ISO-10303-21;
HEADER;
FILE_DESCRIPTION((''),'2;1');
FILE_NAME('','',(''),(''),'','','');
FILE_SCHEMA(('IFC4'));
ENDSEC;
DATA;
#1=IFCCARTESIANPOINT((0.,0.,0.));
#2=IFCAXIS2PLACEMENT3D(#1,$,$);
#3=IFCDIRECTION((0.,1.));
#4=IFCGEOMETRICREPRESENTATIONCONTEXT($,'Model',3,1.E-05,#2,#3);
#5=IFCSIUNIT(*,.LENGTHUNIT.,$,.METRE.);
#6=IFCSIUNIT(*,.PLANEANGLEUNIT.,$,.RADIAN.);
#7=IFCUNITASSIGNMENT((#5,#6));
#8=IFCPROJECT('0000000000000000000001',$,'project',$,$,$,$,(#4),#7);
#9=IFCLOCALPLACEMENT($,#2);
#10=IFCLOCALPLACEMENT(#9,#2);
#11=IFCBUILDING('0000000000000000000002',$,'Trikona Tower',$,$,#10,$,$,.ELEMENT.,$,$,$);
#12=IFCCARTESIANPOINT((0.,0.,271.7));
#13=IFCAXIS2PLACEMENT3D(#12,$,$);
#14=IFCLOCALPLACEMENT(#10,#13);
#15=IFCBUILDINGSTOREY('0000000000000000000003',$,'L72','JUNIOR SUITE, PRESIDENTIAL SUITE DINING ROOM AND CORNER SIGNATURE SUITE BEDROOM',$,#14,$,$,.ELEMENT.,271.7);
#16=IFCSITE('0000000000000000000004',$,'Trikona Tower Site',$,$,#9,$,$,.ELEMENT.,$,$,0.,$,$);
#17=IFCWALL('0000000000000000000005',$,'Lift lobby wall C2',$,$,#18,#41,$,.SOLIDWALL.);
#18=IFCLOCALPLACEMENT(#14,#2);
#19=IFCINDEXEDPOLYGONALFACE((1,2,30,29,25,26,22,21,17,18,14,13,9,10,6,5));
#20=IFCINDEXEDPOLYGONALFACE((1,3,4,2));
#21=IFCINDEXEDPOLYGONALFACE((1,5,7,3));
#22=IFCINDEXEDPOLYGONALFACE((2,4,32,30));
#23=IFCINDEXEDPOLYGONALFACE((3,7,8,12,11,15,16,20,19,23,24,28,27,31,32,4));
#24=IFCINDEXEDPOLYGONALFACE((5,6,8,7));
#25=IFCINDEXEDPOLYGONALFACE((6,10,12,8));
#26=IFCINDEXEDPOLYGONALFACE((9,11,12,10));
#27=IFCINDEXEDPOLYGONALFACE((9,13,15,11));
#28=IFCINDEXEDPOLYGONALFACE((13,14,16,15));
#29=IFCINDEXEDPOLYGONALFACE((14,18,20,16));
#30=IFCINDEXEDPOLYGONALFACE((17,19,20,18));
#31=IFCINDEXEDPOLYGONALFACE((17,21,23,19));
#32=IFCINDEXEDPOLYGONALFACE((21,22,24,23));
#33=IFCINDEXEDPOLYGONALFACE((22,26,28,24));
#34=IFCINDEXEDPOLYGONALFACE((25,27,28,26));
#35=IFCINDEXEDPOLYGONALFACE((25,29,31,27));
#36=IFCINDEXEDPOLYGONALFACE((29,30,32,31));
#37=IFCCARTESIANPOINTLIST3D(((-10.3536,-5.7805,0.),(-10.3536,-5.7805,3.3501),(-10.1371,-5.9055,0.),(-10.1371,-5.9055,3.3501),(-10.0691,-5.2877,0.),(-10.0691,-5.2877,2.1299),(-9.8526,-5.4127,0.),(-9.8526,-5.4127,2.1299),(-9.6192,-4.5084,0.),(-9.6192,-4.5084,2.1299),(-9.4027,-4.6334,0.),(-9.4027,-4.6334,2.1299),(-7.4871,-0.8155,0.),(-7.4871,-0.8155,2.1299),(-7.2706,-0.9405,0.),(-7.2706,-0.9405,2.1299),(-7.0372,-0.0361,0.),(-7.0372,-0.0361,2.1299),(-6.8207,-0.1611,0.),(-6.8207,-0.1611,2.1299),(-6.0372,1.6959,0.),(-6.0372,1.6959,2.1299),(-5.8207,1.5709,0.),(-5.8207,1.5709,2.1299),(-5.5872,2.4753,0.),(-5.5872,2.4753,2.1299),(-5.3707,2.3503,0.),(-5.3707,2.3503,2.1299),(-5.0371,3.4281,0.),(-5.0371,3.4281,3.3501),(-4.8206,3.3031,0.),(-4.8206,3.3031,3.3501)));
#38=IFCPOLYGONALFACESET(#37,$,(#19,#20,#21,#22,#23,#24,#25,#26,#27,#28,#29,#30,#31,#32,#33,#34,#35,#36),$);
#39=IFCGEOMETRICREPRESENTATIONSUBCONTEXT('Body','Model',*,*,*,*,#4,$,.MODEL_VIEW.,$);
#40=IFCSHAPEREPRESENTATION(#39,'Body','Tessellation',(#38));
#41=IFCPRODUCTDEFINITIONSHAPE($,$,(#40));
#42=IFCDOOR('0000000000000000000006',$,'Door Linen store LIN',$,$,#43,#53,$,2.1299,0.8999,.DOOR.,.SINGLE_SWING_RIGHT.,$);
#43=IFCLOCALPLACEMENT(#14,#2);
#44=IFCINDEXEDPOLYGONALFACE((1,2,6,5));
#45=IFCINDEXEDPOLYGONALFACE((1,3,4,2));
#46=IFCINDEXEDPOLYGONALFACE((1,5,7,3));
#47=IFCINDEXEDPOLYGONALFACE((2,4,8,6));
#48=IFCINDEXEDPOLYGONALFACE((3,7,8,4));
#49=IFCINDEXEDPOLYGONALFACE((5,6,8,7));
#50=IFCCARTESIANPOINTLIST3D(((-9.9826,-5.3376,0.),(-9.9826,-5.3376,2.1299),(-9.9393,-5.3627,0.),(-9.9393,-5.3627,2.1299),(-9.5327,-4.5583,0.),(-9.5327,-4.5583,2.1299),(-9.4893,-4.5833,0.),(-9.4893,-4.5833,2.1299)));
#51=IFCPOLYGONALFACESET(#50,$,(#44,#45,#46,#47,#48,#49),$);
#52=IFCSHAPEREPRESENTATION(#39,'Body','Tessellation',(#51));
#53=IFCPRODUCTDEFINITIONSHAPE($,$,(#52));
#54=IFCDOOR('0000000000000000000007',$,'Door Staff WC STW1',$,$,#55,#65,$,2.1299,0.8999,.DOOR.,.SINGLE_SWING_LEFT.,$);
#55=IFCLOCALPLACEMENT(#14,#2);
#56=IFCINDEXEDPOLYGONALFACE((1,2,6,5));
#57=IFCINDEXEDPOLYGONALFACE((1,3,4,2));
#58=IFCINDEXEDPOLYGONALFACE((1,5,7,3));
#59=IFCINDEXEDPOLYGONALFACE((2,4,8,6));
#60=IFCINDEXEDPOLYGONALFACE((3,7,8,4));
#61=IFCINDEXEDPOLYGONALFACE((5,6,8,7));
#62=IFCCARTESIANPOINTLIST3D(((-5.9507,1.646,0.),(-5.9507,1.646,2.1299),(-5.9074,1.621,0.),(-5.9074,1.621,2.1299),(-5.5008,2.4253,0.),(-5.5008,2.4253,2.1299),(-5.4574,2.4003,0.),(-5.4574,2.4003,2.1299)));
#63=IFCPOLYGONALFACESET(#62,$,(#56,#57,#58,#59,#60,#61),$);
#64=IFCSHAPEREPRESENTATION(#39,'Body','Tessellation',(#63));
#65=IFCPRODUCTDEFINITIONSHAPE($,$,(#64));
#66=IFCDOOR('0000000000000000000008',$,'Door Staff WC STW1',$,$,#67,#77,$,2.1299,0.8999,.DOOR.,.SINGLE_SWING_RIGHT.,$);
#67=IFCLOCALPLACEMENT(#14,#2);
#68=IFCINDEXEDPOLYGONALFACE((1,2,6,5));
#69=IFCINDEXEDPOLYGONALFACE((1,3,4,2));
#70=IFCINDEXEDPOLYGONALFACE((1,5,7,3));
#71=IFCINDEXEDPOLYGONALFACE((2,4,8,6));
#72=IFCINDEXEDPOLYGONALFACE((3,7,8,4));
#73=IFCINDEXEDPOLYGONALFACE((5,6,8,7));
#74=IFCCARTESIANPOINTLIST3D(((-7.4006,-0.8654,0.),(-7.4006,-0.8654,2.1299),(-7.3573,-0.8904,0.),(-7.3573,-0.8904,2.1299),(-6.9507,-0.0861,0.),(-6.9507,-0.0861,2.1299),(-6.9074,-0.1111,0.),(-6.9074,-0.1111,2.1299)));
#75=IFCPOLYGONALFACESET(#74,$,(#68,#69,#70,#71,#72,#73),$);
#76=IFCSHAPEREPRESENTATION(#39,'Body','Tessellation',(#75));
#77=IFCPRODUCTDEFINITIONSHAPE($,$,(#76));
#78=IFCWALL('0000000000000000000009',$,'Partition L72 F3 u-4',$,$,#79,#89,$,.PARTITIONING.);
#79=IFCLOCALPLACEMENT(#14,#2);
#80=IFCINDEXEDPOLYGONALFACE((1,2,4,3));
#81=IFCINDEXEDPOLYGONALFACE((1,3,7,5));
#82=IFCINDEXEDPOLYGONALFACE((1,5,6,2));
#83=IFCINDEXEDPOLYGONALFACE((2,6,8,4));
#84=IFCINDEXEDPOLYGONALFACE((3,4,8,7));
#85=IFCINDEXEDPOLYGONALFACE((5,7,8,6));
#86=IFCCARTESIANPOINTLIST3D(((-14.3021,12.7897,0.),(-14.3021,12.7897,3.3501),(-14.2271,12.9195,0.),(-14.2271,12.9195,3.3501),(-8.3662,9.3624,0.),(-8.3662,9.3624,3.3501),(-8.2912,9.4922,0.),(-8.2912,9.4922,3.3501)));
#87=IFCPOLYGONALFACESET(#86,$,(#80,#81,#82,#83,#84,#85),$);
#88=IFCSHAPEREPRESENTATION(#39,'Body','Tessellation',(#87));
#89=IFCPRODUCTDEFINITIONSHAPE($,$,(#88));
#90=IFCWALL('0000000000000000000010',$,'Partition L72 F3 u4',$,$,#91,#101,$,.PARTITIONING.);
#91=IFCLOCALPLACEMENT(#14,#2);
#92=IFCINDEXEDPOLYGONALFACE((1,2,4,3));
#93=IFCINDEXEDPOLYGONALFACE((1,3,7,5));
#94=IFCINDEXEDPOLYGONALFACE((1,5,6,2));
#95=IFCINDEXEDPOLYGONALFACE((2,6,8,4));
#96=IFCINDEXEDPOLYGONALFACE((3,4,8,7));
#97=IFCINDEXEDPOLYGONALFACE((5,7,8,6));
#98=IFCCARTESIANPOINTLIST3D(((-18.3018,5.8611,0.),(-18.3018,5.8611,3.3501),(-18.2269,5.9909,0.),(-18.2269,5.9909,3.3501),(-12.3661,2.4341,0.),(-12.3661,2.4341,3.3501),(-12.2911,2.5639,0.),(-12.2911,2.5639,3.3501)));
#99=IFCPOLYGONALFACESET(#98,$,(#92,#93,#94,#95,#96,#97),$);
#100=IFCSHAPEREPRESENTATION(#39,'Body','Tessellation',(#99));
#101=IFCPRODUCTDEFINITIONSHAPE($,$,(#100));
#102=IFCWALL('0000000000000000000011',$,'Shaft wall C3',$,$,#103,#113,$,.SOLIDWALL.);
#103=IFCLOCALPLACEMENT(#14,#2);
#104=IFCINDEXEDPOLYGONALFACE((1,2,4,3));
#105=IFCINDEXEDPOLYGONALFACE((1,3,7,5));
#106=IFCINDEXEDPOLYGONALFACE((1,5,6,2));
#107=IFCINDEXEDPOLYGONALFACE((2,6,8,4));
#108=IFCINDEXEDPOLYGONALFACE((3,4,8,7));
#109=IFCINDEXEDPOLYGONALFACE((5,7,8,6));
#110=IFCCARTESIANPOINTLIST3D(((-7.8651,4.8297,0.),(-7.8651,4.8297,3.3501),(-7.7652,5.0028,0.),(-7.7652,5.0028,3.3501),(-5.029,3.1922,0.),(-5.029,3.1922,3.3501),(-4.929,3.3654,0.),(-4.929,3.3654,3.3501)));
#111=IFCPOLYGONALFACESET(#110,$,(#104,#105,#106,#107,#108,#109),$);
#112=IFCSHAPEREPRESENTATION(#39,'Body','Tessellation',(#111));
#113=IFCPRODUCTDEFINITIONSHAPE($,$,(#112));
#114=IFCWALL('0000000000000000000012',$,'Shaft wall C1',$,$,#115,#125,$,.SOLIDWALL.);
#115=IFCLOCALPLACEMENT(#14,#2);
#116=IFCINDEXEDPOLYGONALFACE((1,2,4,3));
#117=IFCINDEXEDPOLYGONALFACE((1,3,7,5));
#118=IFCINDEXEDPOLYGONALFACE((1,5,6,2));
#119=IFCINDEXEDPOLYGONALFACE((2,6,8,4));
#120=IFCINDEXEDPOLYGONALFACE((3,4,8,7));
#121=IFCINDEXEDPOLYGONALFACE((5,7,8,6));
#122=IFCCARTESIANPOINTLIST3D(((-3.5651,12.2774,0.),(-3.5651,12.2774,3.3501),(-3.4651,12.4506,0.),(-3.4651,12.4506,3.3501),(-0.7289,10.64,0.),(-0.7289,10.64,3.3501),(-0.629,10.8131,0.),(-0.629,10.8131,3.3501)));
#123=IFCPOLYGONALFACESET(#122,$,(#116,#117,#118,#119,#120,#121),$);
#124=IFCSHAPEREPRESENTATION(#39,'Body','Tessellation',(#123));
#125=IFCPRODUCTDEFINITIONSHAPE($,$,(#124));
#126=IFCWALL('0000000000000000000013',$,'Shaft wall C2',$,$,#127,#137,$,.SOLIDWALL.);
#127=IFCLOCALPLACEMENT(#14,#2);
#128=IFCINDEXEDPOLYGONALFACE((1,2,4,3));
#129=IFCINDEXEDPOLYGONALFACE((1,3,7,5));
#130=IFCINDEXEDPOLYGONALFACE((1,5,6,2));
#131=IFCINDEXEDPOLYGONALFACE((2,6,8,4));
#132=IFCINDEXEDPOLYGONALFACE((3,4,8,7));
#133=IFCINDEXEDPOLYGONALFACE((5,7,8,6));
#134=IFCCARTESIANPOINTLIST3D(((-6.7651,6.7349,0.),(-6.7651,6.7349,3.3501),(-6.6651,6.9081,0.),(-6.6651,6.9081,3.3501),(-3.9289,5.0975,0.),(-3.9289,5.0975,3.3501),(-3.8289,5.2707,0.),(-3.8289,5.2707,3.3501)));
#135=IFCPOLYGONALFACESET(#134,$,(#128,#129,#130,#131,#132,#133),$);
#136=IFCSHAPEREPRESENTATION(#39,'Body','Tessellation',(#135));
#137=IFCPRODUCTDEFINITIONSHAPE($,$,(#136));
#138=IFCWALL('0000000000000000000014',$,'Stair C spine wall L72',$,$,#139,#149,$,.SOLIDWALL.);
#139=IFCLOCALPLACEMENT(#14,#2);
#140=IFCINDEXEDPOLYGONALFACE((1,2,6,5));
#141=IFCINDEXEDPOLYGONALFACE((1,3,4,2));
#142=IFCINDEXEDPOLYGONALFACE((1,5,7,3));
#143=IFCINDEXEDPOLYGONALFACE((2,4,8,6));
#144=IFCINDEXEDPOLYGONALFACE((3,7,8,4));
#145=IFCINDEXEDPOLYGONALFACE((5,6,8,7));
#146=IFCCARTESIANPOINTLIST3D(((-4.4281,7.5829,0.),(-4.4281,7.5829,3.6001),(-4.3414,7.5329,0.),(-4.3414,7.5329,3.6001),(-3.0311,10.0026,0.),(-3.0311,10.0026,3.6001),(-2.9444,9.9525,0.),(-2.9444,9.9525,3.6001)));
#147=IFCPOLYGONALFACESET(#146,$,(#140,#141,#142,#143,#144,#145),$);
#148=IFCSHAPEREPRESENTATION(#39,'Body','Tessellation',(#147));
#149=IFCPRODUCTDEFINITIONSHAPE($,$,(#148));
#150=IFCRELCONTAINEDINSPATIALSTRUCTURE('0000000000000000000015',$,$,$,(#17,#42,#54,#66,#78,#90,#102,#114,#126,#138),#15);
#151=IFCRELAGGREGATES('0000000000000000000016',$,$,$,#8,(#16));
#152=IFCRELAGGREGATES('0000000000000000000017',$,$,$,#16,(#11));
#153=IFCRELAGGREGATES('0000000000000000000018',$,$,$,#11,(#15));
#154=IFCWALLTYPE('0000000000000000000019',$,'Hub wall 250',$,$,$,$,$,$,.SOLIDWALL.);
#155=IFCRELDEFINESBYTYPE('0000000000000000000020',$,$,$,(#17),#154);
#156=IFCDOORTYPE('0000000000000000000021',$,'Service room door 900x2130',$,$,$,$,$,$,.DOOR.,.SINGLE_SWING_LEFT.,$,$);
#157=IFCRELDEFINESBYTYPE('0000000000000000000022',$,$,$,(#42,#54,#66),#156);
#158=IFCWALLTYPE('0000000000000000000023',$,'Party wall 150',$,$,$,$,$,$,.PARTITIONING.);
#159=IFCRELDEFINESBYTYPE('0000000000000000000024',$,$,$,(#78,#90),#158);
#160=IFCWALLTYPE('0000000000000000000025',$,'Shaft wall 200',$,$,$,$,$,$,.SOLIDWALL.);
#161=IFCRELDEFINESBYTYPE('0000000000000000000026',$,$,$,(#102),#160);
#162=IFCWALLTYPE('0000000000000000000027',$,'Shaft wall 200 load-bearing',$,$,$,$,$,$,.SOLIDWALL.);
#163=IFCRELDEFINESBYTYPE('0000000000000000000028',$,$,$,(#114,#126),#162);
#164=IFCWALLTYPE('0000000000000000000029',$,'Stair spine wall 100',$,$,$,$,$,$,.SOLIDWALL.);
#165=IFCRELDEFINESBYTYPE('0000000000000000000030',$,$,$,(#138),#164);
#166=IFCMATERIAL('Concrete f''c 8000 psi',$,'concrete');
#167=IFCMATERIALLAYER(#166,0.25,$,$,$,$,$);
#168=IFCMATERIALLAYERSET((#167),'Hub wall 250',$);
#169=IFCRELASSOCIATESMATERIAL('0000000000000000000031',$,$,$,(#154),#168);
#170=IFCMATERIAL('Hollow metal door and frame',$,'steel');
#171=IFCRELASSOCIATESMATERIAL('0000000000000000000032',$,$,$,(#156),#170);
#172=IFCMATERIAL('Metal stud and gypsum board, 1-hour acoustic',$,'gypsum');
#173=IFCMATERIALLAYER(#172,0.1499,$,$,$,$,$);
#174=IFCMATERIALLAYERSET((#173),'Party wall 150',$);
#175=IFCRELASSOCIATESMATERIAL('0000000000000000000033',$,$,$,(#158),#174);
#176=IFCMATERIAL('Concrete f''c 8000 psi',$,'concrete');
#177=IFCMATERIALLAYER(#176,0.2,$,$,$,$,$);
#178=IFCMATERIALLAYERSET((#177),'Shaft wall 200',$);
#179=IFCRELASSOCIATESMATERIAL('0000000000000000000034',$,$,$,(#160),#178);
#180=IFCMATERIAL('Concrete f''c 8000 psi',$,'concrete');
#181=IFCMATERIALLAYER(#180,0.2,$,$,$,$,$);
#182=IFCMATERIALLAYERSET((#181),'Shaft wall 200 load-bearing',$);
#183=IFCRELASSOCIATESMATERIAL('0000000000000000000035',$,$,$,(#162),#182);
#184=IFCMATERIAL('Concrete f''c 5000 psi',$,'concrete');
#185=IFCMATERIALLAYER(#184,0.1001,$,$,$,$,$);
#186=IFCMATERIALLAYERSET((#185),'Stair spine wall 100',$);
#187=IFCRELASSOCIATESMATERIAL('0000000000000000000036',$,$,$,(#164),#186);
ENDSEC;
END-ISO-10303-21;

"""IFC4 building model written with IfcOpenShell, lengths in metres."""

from ifc_helpers import new_model, si_unit, direction, frame, frame_2d, origin, place, context, subcontext, project, spatial, rectangle, extrude, material, layer, layer_set, type_object, element, fill, save


model = new_model("IFC4")

# Units and contexts
model_context = context("Model", 3, precision=1e-05, world=origin(), true_north=direction((0.0, 1.0)))
body_context = subcontext(model_context, "Body", "Model", "MODEL_VIEW")
ifc_project = project(units=[si_unit("LENGTHUNIT", "METRE"), si_unit("PLANEANGLEUNIT", "RADIAN")], contexts=[model_context])

# Site, building, storey
site_placement = place(None, origin())
site = spatial("IfcSite", under=ifc_project, at=site_placement, Name="Trikona Tower Site", CompositionType="ELEMENT", RefElevation=0.0)
building_placement = place(site_placement, origin())
building = spatial("IfcBuilding", under=site, at=building_placement, Name="Trikona Tower", CompositionType="ELEMENT")
storey_placement = place(building_placement, frame((0.0, 0.0, 271.7)))
storey = spatial("IfcBuildingStorey", under=building, at=storey_placement, Name="L72", Description="JUNIOR SUITE, PRESIDENTIAL SUITE DINING ROOM AND CORNER SIGNATURE SUITE BEDROOM", CompositionType="ELEMENT", Elevation=271.7)

# Wall, openings, doors
ifc_material_1 = material(Name="Concrete f'c 8000 psi", Category="concrete")
ifc_layer_1 = layer(ifc_material_1, 0.25)
ifc_layer_set_1 = layer_set([ifc_layer_1], Name="Hub wall 250")
wall_type_1 = type_object("IfcWallType", Name="Hub wall 250", PredefinedType="SOLIDWALL", material=ifc_layer_set_1)
wall_1_placement = place(storey_placement, frame((-4.929, 3.3655, 0.0), z_axis=(0.0, 0.0, 1.0), x_axis=(-0.499991, -0.86603, 0.0)))
wall_1 = element("IfcWall", 1, at=wall_1_placement, inside=storey, type_object=wall_type_1, Name="Lift lobby wall C2", PredefinedType="SOLIDWALL", context=body_context, shape_type="SweptSolid", body=[
    extrude(rectangle(XDim=10.6331, YDim=0.25, at=frame_2d((5.3164, 0.0))), origin(), (0.0, 0.0, 1.0), 3.3501),
])
opening_1_placement = place(wall_1_placement, frame((9.1641, 0.0, 0.0)))
opening_1 = element("IfcOpeningElement", 2, at=opening_1_placement, cuts=wall_1, PredefinedType="OPENING", context=body_context, shape_type="SweptSolid", body=[
    extrude(rectangle(XDim=0.8999, YDim=2.1299, at=frame_2d((0.45, 1.0649))), frame((0.0, 0.135, 0.0), z_axis=(0.0, -1.0, 0.0), x_axis=(1.0, 0.0, 0.0)), (0.0, 0.0, 1.0), 0.27),
])
opening_2_placement = place(wall_1_placement, frame((1.1001, 0.0, 0.0)))
opening_2 = element("IfcOpeningElement", 3, at=opening_2_placement, cuts=wall_1, PredefinedType="OPENING", context=body_context, shape_type="SweptSolid", body=[
    extrude(rectangle(XDim=0.8999, YDim=2.1299, at=frame_2d((0.45, 1.0649))), frame((0.0, 0.135, 0.0), z_axis=(0.0, -1.0, 0.0), x_axis=(1.0, 0.0, 0.0)), (0.0, 0.0, 1.0), 0.27),
])
opening_3_placement = place(wall_1_placement, frame((4.0, 0.0, 0.0)))
opening_3 = element("IfcOpeningElement", 4, at=opening_3_placement, cuts=wall_1, PredefinedType="OPENING", context=body_context, shape_type="SweptSolid", body=[
    extrude(rectangle(XDim=0.8999, YDim=2.1299, at=frame_2d((0.45, 1.0649))), frame((0.0, 0.135, 0.0), z_axis=(0.0, -1.0, 0.0), x_axis=(1.0, 0.0, 0.0)), (0.0, 0.0, 1.0), 0.27),
])
ifc_material_2 = material(Name="Hollow metal door and frame", Category="steel")
door_type_1 = type_object("IfcDoorType", Name="Service room door 900x2130", OperationType="SINGLE_SWING_LEFT", PredefinedType="DOOR", material=ifc_material_2)
door_1_placement = place(opening_1_placement, origin())
door_1 = element("IfcDoor", 5, at=door_1_placement, inside=storey, type_object=door_type_1, Name="Door Linen store LIN", OperationType="SINGLE_SWING_RIGHT", OverallHeight=2.1299, OverallWidth=0.8999, PredefinedType="DOOR", context=body_context, shape_type="SweptSolid", body=[
    extrude(rectangle(XDim=0.8999, YDim=2.1299, at=frame_2d((0.45, 1.0649))), frame((0.0, 0.0249, 0.0), z_axis=(0.0, -1.0, 0.0), x_axis=(1.0, 0.0, 0.0)), (0.0, 0.0, 1.0), 0.05),
])
fill(opening_1, door_1)
door_2_placement = place(opening_2_placement, origin())
door_2 = element("IfcDoor", 6, at=door_2_placement, inside=storey, type_object=door_type_1, Name="Door Staff WC STW1", OperationType="SINGLE_SWING_LEFT", OverallHeight=2.1299, OverallWidth=0.8999, PredefinedType="DOOR", context=body_context, shape_type="SweptSolid", body=[
    extrude(rectangle(XDim=0.8999, YDim=2.1299, at=frame_2d((0.45, 1.0649))), frame((0.0, 0.0249, 0.0), z_axis=(0.0, -1.0, 0.0), x_axis=(1.0, 0.0, 0.0)), (0.0, 0.0, 1.0), 0.05),
])
fill(opening_2, door_2)
door_3_placement = place(opening_3_placement, origin())
door_3 = element("IfcDoor", 7, at=door_3_placement, inside=storey, type_object=door_type_1, Name="Door Staff WC STW1", OperationType="SINGLE_SWING_RIGHT", OverallHeight=2.1299, OverallWidth=0.8999, PredefinedType="DOOR", context=body_context, shape_type="SweptSolid", body=[
    extrude(rectangle(XDim=0.8999, YDim=2.1299, at=frame_2d((0.45, 1.0649))), frame((0.0, 0.0249, 0.0), z_axis=(0.0, -1.0, 0.0), x_axis=(1.0, 0.0, 0.0)), (0.0, 0.0, 1.0), 0.05),
])
fill(opening_3, door_3)

# Walls
ifc_material_3 = material(Name="Metal stud and gypsum board, 1-hour acoustic", Category="gypsum")
ifc_layer_2 = layer(ifc_material_3, 0.1499)
ifc_layer_set_2 = layer_set([ifc_layer_2], Name="Party wall 150")
wall_type_2 = type_object("IfcWallType", Name="Party wall 150", PredefinedType="PARTITIONING", material=ifc_layer_set_2)
wall_2_placement = place(storey_placement, frame((-8.3286, 9.4272, 0.0), z_axis=(0.0, 0.0, 1.0), x_axis=(-0.866012, 0.500024, 0.0)))
element("IfcWall", 8, at=wall_2_placement, inside=storey, type_object=wall_type_2, Name="Partition L72 F3 u-4", PredefinedType="PARTITIONING", context=body_context, shape_type="SweptSolid", body=[
    extrude(rectangle(XDim=6.8542, YDim=0.1499, at=frame_2d((3.4272, 0.0))), origin(), (0.0, 0.0, 1.0), 3.3501),
])
wall_3_placement = place(storey_placement, frame((-12.3286, 2.499, 0.0), z_axis=(0.0, 0.0, 1.0), x_axis=(-0.866027, 0.499997, 0.0)))
element("IfcWall", 9, at=wall_3_placement, inside=storey, type_object=wall_type_2, Name="Partition L72 F3 u4", PredefinedType="PARTITIONING", context=body_context, shape_type="SweptSolid", body=[
    extrude(rectangle(XDim=6.854, YDim=0.1499, at=frame_2d((3.427, 0.0))), origin(), (0.0, 0.0, 1.0), 3.3501),
])
ifc_material_4 = material(Name="Concrete f'c 8000 psi", Category="concrete")
ifc_layer_3 = layer(ifc_material_4, 0.2)
ifc_layer_set_3 = layer_set([ifc_layer_3], Name="Shaft wall 200")
wall_type_3 = type_object("IfcWallType", Name="Shaft wall 200", PredefinedType="SOLIDWALL", material=ifc_layer_set_3)
wall_4_placement = place(storey_placement, frame((-4.979, 3.2788, 0.0), z_axis=(0.0, 0.0, 1.0), x_axis=(-0.866028, 0.499996, 0.0)))
element("IfcWall", 10, at=wall_4_placement, inside=storey, type_object=wall_type_3, Name="Shaft wall C3", PredefinedType="SOLIDWALL", context=body_context, shape_type="SweptSolid", body=[
    extrude(rectangle(XDim=3.2749, YDim=0.2, at=frame_2d((1.6375, 0.0))), origin(), (0.0, 0.0, 1.0), 3.3501),
])
ifc_material_5 = material(Name="Concrete f'c 8000 psi", Category="concrete")
ifc_layer_4 = layer(ifc_material_5, 0.2)
ifc_layer_set_4 = layer_set([ifc_layer_4], Name="Shaft wall 200 load-bearing")
wall_type_4 = type_object("IfcWallType", Name="Shaft wall 200 load-bearing", PredefinedType="SOLIDWALL", material=ifc_layer_set_4)
for number, where, z_axis, x_axis, name in (
    (11, (-0.679, 10.7266, 0.0), (0.0, 0.0, 1.0), (-0.866028, 0.499996, 0.0), "Shaft wall C1"),
    (12, (-3.8789, 5.1841, 0.0), (0.0, 0.0, 1.0), (-0.866028, 0.499996, 0.0), "Shaft wall C2"),
):
    element("IfcWall", number, at=place(storey_placement, frame(where, z_axis=z_axis, x_axis=x_axis)), inside=storey, type_object=wall_type_4, Name=name, PredefinedType="SOLIDWALL", context=body_context, shape_type="SweptSolid", body=[
        extrude(rectangle(XDim=3.2749, YDim=0.2, at=frame_2d((1.6375, 0.0))), origin(), (0.0, 0.0, 1.0), 3.3501),
    ])
ifc_material_6 = material(Name="Concrete f'c 5000 psi", Category="concrete")
ifc_layer_5 = layer(ifc_material_6, 0.1001)
ifc_layer_set_5 = layer_set([ifc_layer_5], Name="Stair spine wall 100")
wall_type_5 = type_object("IfcWallType", Name="Stair spine wall 100", PredefinedType="SOLIDWALL", material=ifc_layer_set_5)
wall_5_placement = place(storey_placement, frame((-2.9878, 9.9775, 0.0), z_axis=(0.0, 0.0, 1.0), x_axis=(-0.499992, -0.86603, 0.0)))
element("IfcWall", 13, at=wall_5_placement, inside=storey, type_object=wall_type_5, Name="Stair C spine wall L72", PredefinedType="SOLIDWALL", context=body_context, shape_type="SweptSolid", body=[
    extrude(rectangle(XDim=2.7939, YDim=0.1001, at=frame_2d((1.397, 0.0))), origin(), (0.0, 0.0, 1.0), 3.6001),
])

save(model, "model.ifc")
